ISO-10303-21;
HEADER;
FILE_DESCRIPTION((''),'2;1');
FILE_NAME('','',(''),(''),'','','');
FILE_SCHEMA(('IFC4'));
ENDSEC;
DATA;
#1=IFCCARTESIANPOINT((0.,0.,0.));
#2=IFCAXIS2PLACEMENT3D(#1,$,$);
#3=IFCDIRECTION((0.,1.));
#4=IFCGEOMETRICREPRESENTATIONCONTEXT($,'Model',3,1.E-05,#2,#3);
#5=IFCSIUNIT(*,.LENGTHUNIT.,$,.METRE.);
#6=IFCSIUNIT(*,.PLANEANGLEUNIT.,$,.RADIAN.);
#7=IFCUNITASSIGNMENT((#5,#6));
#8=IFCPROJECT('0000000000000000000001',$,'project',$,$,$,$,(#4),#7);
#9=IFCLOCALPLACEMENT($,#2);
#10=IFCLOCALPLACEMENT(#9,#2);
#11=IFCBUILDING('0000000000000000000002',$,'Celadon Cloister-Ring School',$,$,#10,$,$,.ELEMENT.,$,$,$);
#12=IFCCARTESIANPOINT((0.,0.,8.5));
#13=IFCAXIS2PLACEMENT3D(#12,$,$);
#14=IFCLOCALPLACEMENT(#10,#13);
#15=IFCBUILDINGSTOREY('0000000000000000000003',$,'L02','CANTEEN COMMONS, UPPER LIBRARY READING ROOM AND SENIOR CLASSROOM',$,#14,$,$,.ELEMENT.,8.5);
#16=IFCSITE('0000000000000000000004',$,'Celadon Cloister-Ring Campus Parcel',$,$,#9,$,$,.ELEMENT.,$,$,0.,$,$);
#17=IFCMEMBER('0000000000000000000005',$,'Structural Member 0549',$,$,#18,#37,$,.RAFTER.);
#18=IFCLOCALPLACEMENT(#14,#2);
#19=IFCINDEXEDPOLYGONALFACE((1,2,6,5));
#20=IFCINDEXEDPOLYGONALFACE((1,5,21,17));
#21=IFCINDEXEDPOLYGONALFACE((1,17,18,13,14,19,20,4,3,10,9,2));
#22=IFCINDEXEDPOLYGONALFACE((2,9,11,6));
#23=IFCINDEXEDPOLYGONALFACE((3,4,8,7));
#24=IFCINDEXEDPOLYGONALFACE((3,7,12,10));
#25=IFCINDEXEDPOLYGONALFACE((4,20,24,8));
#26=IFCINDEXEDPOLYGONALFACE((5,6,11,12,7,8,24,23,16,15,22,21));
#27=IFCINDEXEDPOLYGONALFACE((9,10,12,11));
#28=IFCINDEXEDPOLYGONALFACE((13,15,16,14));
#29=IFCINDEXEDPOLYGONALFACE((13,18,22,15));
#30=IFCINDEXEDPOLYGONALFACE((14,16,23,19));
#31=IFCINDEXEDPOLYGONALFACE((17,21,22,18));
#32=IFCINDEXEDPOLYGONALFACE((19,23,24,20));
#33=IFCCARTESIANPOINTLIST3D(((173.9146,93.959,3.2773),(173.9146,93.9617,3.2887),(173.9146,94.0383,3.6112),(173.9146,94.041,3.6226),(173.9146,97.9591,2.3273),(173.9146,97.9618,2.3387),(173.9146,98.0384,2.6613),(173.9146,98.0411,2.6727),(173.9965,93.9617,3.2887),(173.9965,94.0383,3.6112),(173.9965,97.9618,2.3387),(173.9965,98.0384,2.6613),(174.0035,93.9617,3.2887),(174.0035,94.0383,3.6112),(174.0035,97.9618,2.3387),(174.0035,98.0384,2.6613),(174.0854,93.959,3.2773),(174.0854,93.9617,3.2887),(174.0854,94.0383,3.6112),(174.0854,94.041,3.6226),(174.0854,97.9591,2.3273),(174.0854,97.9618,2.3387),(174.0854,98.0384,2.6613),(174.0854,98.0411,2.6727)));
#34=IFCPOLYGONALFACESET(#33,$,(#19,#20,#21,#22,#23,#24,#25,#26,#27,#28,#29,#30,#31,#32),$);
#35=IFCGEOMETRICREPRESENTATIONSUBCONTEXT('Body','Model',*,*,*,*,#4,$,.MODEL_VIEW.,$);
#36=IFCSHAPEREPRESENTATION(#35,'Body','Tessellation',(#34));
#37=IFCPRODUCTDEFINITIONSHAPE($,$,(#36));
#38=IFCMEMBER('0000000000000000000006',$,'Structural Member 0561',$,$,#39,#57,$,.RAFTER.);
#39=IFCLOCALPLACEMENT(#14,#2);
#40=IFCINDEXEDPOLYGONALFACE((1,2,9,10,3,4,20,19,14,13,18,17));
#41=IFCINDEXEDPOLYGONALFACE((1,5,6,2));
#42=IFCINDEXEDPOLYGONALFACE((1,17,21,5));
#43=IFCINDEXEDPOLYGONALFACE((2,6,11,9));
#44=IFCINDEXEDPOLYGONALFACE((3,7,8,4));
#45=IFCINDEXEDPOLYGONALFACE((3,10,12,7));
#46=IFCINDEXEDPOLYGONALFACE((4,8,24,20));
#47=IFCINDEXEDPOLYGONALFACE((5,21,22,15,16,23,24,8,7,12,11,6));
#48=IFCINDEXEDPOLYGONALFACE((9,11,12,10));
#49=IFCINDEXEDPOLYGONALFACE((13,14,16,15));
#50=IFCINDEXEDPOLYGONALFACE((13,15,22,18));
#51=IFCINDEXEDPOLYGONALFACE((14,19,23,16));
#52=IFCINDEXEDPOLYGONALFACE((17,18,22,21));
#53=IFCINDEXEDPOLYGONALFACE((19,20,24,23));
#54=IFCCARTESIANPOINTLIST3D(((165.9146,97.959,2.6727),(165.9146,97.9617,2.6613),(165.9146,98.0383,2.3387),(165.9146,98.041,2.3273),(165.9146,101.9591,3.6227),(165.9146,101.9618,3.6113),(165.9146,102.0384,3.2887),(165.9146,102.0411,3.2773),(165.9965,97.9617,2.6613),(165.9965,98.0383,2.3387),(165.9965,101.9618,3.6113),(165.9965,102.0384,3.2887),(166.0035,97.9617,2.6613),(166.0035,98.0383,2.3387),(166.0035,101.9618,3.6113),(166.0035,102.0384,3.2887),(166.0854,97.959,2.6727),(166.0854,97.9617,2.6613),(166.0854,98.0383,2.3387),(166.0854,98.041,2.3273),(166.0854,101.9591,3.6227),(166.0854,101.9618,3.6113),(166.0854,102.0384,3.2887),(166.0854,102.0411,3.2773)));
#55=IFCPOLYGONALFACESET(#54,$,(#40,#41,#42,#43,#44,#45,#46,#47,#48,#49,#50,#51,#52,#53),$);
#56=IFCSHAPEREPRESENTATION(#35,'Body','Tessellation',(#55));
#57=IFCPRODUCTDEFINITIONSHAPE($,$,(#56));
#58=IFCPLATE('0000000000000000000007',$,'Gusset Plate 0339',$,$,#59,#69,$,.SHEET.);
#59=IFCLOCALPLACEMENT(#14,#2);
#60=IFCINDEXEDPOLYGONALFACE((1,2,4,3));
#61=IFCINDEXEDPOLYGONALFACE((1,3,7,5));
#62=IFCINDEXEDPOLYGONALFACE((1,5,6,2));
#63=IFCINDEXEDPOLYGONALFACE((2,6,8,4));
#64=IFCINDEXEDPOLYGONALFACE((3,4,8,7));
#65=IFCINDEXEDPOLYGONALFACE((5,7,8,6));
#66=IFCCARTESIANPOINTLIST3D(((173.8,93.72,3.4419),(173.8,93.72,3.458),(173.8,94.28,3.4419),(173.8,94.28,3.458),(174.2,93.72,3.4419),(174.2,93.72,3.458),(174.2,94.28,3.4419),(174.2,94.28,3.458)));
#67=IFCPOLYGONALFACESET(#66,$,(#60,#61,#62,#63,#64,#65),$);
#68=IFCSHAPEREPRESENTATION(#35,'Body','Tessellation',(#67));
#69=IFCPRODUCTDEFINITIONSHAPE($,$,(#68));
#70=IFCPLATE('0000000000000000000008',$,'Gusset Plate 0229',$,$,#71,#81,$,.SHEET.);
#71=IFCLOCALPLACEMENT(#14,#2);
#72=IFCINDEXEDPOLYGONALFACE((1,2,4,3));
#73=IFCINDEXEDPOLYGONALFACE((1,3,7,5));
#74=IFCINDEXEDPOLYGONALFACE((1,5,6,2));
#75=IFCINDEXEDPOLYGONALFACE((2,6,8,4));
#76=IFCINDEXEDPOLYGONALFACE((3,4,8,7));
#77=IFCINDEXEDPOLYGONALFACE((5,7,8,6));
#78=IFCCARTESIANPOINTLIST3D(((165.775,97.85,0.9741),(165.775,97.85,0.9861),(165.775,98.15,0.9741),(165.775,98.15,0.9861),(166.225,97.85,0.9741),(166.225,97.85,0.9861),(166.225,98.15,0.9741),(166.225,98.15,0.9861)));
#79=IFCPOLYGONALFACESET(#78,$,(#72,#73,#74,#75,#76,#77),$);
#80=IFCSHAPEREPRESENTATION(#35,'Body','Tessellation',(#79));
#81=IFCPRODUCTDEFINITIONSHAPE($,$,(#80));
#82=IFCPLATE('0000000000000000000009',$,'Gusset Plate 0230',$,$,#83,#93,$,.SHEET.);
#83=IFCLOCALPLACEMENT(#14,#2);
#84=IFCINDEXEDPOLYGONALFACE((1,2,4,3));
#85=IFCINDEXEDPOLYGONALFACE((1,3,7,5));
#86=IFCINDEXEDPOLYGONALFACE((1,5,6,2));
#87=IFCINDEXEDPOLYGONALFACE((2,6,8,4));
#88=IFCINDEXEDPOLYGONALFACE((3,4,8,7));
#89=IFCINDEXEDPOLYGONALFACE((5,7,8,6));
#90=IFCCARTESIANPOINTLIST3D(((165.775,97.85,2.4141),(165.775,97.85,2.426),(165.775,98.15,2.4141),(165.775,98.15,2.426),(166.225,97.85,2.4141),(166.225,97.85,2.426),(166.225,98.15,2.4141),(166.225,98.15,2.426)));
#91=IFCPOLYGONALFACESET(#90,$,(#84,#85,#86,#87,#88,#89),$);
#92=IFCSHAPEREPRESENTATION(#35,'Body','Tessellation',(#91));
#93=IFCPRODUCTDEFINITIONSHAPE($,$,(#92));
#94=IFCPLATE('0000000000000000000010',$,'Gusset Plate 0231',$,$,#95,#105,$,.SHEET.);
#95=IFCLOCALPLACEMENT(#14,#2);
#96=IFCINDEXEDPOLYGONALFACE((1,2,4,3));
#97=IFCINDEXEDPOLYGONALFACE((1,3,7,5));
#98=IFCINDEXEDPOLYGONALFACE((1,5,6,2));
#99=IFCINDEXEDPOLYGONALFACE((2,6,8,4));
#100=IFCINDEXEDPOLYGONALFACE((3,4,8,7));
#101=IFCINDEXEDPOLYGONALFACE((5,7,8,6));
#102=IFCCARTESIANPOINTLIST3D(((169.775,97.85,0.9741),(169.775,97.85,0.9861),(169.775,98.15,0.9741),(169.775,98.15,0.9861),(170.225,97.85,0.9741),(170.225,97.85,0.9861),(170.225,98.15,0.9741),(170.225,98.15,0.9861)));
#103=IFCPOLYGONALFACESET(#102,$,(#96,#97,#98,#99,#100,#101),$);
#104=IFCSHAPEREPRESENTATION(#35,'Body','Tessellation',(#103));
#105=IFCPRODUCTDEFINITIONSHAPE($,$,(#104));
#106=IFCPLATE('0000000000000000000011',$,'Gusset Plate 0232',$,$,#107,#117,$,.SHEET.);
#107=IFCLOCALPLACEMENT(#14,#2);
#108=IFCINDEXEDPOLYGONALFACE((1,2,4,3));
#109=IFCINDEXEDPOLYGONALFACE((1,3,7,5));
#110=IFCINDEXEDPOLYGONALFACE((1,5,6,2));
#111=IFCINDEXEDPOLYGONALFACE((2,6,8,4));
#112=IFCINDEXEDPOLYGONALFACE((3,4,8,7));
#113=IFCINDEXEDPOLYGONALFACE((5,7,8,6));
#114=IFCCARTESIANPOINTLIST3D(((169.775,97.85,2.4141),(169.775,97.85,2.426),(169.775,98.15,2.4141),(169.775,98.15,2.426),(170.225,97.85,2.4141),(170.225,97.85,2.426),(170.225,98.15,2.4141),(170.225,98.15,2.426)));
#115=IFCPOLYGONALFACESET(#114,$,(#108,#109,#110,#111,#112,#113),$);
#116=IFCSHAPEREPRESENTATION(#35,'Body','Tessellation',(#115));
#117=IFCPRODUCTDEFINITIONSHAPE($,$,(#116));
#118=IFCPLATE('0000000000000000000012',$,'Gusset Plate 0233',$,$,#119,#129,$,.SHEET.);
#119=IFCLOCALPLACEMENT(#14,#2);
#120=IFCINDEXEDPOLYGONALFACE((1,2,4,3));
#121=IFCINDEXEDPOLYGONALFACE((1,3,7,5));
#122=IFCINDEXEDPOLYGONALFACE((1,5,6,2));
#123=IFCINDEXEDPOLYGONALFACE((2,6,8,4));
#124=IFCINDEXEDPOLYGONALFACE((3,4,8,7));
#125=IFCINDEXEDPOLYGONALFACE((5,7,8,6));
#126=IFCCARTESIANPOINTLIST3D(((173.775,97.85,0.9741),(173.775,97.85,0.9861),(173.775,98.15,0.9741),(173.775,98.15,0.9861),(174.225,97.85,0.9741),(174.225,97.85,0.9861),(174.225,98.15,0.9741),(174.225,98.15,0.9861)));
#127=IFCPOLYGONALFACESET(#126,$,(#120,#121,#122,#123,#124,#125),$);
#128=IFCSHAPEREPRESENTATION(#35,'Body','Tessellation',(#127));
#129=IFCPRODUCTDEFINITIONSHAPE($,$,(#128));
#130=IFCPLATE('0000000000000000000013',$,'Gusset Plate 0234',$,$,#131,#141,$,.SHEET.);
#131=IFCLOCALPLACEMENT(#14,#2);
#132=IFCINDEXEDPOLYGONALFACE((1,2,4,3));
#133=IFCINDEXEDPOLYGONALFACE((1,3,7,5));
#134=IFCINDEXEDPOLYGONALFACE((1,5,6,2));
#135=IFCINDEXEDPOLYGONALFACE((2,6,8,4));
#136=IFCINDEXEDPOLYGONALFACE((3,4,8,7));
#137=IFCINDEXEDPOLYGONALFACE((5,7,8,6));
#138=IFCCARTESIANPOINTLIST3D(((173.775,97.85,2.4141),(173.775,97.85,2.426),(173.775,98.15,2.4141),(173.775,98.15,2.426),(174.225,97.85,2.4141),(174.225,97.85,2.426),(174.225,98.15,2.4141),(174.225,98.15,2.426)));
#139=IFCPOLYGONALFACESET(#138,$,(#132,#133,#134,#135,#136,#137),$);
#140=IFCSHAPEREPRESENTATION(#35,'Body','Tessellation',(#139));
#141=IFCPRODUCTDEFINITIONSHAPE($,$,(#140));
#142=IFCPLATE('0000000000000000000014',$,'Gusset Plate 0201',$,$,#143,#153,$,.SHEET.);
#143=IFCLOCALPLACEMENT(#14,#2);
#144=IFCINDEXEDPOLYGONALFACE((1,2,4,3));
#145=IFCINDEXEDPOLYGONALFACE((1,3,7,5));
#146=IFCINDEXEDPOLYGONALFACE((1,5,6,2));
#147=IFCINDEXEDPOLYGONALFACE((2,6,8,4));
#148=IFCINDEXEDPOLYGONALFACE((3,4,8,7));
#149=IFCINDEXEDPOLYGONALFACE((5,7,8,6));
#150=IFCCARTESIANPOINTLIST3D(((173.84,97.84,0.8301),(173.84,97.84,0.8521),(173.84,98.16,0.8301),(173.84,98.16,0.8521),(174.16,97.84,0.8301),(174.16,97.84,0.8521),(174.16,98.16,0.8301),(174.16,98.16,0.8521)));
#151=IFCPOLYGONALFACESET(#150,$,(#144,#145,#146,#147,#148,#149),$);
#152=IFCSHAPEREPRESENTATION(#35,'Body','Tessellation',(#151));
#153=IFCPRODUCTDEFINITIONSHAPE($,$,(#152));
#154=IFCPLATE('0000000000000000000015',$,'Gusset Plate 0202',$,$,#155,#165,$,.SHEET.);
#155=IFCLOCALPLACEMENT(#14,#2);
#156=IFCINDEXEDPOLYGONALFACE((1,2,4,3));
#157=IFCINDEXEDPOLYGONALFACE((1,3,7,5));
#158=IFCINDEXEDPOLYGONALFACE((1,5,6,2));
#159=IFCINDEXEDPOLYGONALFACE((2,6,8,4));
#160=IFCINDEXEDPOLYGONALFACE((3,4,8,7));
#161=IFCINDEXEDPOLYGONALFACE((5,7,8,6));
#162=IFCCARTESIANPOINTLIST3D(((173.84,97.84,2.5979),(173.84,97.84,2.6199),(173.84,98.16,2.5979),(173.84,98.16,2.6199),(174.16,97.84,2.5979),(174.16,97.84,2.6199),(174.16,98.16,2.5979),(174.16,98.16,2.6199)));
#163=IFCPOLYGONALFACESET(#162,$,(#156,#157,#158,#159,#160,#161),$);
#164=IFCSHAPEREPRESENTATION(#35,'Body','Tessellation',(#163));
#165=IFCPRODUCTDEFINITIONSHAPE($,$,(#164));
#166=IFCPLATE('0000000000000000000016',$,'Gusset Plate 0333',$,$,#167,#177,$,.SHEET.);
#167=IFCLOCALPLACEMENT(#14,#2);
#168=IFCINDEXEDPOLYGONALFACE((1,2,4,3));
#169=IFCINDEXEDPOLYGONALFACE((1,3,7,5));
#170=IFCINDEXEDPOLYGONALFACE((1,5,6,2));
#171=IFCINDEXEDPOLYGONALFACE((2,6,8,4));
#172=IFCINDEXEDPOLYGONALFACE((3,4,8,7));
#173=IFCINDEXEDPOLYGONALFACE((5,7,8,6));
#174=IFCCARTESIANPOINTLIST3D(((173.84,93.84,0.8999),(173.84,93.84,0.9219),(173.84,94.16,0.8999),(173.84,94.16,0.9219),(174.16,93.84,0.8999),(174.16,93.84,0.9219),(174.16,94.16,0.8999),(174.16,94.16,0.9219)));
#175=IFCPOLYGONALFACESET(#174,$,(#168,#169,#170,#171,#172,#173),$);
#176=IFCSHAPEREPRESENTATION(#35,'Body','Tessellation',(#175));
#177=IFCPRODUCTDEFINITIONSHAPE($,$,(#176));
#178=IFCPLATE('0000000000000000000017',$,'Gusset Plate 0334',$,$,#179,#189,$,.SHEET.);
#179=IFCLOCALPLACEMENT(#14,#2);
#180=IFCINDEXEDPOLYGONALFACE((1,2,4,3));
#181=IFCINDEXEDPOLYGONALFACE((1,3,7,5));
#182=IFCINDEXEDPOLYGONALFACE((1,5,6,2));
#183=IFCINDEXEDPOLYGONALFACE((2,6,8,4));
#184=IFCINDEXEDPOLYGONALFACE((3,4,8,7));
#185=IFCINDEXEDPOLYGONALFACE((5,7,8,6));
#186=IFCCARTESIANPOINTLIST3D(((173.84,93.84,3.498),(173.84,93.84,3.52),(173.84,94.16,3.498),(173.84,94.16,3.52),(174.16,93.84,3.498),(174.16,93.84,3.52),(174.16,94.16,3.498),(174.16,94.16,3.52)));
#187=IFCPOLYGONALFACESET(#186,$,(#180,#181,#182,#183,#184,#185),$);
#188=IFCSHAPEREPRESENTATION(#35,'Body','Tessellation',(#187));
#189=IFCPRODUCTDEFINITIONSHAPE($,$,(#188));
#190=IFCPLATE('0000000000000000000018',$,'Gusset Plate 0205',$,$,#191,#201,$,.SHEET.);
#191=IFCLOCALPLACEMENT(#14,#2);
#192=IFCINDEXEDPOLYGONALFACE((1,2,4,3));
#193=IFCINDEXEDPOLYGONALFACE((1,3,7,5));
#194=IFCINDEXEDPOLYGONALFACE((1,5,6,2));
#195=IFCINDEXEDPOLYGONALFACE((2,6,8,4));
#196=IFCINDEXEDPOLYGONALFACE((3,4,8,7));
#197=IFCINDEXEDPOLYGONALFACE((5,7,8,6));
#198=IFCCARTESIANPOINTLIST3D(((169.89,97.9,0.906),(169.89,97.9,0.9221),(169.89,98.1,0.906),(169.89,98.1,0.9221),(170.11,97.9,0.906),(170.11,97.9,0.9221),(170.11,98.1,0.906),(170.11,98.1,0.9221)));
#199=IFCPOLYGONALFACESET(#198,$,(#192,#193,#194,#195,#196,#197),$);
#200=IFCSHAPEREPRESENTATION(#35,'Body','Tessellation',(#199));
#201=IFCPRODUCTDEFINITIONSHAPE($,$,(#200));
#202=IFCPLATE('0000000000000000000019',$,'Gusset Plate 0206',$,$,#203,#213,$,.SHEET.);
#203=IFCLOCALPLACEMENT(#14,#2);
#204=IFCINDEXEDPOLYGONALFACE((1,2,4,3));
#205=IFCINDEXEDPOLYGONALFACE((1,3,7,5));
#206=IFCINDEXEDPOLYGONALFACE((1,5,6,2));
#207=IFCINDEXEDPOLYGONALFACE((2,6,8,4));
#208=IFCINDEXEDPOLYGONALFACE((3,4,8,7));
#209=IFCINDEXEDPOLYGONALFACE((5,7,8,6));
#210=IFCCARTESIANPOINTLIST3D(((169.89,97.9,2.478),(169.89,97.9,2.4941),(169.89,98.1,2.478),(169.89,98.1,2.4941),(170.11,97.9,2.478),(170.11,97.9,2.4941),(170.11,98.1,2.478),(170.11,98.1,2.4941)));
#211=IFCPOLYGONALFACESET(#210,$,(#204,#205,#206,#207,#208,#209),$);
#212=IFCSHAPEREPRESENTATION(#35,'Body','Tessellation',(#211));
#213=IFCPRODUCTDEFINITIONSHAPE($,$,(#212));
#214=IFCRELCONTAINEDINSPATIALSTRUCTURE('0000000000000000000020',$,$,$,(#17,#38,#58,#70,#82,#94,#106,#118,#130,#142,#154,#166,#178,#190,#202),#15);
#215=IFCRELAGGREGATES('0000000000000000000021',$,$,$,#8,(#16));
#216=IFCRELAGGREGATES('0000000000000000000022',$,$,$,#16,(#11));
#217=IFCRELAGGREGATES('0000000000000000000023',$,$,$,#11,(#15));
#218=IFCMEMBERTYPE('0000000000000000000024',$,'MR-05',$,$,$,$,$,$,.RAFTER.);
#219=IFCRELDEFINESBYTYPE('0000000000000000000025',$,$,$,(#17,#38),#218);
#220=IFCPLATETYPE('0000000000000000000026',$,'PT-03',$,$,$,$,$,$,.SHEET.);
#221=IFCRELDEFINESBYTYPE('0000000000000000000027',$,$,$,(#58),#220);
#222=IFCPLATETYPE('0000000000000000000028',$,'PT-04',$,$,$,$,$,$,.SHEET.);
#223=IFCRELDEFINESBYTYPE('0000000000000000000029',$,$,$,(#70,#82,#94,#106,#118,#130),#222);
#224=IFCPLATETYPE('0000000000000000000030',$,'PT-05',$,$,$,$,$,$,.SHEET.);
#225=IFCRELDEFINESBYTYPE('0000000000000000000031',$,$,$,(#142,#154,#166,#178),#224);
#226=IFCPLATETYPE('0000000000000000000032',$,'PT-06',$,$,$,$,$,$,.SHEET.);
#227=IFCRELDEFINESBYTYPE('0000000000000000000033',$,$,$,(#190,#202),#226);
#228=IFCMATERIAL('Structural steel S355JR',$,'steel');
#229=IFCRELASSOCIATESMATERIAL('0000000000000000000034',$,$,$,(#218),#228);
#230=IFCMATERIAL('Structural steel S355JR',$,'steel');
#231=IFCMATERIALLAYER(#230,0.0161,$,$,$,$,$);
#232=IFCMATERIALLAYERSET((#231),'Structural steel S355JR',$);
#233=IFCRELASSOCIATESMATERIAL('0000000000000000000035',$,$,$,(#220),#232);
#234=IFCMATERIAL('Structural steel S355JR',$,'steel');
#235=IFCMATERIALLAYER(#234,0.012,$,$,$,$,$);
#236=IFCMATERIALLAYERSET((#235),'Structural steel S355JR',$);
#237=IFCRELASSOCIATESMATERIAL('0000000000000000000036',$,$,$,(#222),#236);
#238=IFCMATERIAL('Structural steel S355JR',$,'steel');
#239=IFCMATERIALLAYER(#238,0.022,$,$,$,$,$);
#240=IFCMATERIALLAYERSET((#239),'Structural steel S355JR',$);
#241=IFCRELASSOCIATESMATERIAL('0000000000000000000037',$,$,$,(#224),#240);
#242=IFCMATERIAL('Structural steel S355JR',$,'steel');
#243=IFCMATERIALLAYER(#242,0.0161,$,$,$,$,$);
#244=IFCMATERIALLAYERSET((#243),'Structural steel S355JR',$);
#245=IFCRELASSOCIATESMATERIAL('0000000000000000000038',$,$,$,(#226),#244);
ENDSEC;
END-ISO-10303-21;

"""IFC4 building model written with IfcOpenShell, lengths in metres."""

from ifc_helpers import new_model, si_unit, direction, frame, origin, origin_2d, place, context, subcontext, project, spatial, rectangle, i_section, extrude, material, layer, layer_set, material_profile, profile_set, type_object, element, save


model = new_model("IFC4")

# Units and contexts
model_context = context("Model", 3, precision=1e-05, world=origin(), true_north=direction((0.0, 1.0)))
body_context = subcontext(model_context, "Body", "Model", "MODEL_VIEW")
ifc_project = project(units=[si_unit("LENGTHUNIT", "METRE"), si_unit("PLANEANGLEUNIT", "RADIAN")], contexts=[model_context])

# Site, building, storey
site_placement = place(None, origin())
site = spatial("IfcSite", under=ifc_project, at=site_placement, Name="Celadon Cloister-Ring Campus Parcel", CompositionType="ELEMENT", RefElevation=0.0)
building_placement = place(site_placement, origin())
building = spatial("IfcBuilding", under=site, at=building_placement, Name="Celadon Cloister-Ring School", CompositionType="ELEMENT")
storey_placement = place(building_placement, frame((0.0, 0.0, 8.5)))
storey = spatial("IfcBuildingStorey", under=building, at=storey_placement, Name="L02", Description="CANTEEN COMMONS, UPPER LIBRARY READING ROOM AND SENIOR CLASSROOM", CompositionType="ELEMENT", Elevation=8.5)

# Members
ifc_material_1 = material(Name="Structural steel S355JR", Category="steel")
ifc_material_profile_1 = material_profile(ifc_material_1, i_section(OverallWidth=0.1709, OverallDepth=0.355, WebThickness=0.0071, FlangeThickness=0.0117, at=origin_2d()), Name="W360X51")
ifc_profile_set_1 = profile_set([ifc_material_profile_1], Name="Structural steel S355JR")
member_type_1 = type_object("IfcMemberType", Name="MR-05", PredefinedType="RAFTER", material=ifc_profile_set_1)
for number, where, z_axis, x_axis, name in (
    (1, (174.0, 94.0, 3.45), (0.0, 0.972939, -0.231061), (-1.0, 0.0, 0.0), "Structural Member 0549"),
    (2, (166.0, 98.0, 2.5), (0.0, 0.972939, 0.231061), (-1.0, 0.0, 0.0), "Structural Member 0561"),
):
    element("IfcMember", number, at=place(storey_placement, frame(where, z_axis=z_axis, x_axis=x_axis)), inside=storey, type_object=member_type_1, Name=name, PredefinedType="RAFTER", context=body_context, shape_type="SweptSolid", body=[
        extrude(i_section(OverallWidth=0.1709, OverallDepth=0.355, WebThickness=0.0071, FlangeThickness=0.0117, at=origin_2d()), origin(), (0.0, 0.0, 1.0), 4.1113),
    ])

# Plates
ifc_material_2 = material(Name="Structural steel S355JR", Category="steel")
ifc_layer_1 = layer(ifc_material_2, 0.0161)
ifc_layer_set_1 = layer_set([ifc_layer_1], Name="Structural steel S355JR")
plate_type_1 = type_object("IfcPlateType", Name="PT-03", PredefinedType="SHEET", material=ifc_layer_set_1)
plate_placement = place(storey_placement, frame((174.0, 94.0, 3.4419), z_axis=(0.0, 0.0, 1.0), x_axis=(0.0, 1.0, 0.0)))
element("IfcPlate", 3, at=plate_placement, inside=storey, type_object=plate_type_1, Name="Gusset Plate 0339", PredefinedType="SHEET", context=body_context, shape_type="SweptSolid", body=[
    extrude(rectangle(XDim=0.5601, YDim=0.3999, at=origin_2d()), origin(), (0.0, 0.0, 1.0), 0.0161),
])
ifc_material_3 = material(Name="Structural steel S355JR", Category="steel")
ifc_layer_2 = layer(ifc_material_3, 0.012)
ifc_layer_set_2 = layer_set([ifc_layer_2], Name="Structural steel S355JR")
plate_type_2 = type_object("IfcPlateType", Name="PT-04", PredefinedType="SHEET", material=ifc_layer_set_2)
for number, where, z_axis, x_axis, name in (
    (4, (166.0, 98.0, 0.9741), (0.0, 0.0, 1.0), (1.0, 0.0, 0.0), "Gusset Plate 0229"),
    (5, (166.0, 98.0, 2.4141), (0.0, 0.0, 1.0), (1.0, 0.0, 0.0), "Gusset Plate 0230"),
    (6, (170.0, 98.0, 0.9741), (0.0, 0.0, 1.0), (1.0, 0.0, 0.0), "Gusset Plate 0231"),
    (7, (170.0, 98.0, 2.4141), (0.0, 0.0, 1.0), (1.0, 0.0, 0.0), "Gusset Plate 0232"),
    (8, (174.0, 98.0, 0.9741), (0.0, 0.0, 1.0), (1.0, 0.0, 0.0), "Gusset Plate 0233"),
    (9, (174.0, 98.0, 2.4141), (0.0, 0.0, 1.0), (1.0, 0.0, 0.0), "Gusset Plate 0234"),
):
    element("IfcPlate", number, at=place(storey_placement, frame(where, z_axis=z_axis, x_axis=x_axis)), inside=storey, type_object=plate_type_2, Name=name, PredefinedType="SHEET", context=body_context, shape_type="SweptSolid", body=[
        extrude(rectangle(XDim=0.45, YDim=0.3, at=origin_2d()), origin(), (0.0, 0.0, 1.0), 0.012),
    ])
ifc_material_4 = material(Name="Structural steel S355JR", Category="steel")
ifc_layer_3 = layer(ifc_material_4, 0.022)
ifc_layer_set_3 = layer_set([ifc_layer_3], Name="Structural steel S355JR")
plate_type_3 = type_object("IfcPlateType", Name="PT-05", PredefinedType="SHEET", material=ifc_layer_set_3)
for number, where, z_axis, x_axis, name in (
    (10, (174.0, 98.0, 0.8301), (0.0, 0.0, 1.0), (1.0, 0.0, 0.0), "Gusset Plate 0201"),
    (11, (174.0, 98.0, 2.5979), (0.0, 0.0, 1.0), (1.0, 0.0, 0.0), "Gusset Plate 0202"),
    (12, (174.0, 94.0, 0.8999), (0.0, 0.0, 1.0), (1.0, 0.0, 0.0), "Gusset Plate 0333"),
    (13, (174.0, 94.0, 3.498), (0.0, 0.0, 1.0), (1.0, 0.0, 0.0), "Gusset Plate 0334"),
):
    element("IfcPlate", number, at=place(storey_placement, frame(where, z_axis=z_axis, x_axis=x_axis)), inside=storey, type_object=plate_type_3, Name=name, PredefinedType="SHEET", context=body_context, shape_type="SweptSolid", body=[
        extrude(rectangle(XDim=0.3201, YDim=0.3201, at=origin_2d()), origin(), (0.0, 0.0, 1.0), 0.022),
    ])
ifc_material_5 = material(Name="Structural steel S355JR", Category="steel")
ifc_layer_4 = layer(ifc_material_5, 0.0161)
ifc_layer_set_4 = layer_set([ifc_layer_4], Name="Structural steel S355JR")
plate_type_4 = type_object("IfcPlateType", Name="PT-06", PredefinedType="SHEET", material=ifc_layer_set_4)
for number, where, z_axis, x_axis, name in (
    (14, (170.0, 98.0, 0.906), (0.0, 0.0, 1.0), (1.0, 0.0, 0.0), "Gusset Plate 0205"),
    (15, (170.0, 98.0, 2.478), (0.0, 0.0, 1.0), (1.0, 0.0, 0.0), "Gusset Plate 0206"),
):
    element("IfcPlate", number, at=place(storey_placement, frame(where, z_axis=z_axis, x_axis=x_axis)), inside=storey, type_object=plate_type_4, Name=name, PredefinedType="SHEET", context=body_context, shape_type="SweptSolid", body=[
        extrude(rectangle(XDim=0.22, YDim=0.2, at=origin_2d()), origin(), (0.0, 0.0, 1.0), 0.0161),
    ])

save(model, "model.ifc")
